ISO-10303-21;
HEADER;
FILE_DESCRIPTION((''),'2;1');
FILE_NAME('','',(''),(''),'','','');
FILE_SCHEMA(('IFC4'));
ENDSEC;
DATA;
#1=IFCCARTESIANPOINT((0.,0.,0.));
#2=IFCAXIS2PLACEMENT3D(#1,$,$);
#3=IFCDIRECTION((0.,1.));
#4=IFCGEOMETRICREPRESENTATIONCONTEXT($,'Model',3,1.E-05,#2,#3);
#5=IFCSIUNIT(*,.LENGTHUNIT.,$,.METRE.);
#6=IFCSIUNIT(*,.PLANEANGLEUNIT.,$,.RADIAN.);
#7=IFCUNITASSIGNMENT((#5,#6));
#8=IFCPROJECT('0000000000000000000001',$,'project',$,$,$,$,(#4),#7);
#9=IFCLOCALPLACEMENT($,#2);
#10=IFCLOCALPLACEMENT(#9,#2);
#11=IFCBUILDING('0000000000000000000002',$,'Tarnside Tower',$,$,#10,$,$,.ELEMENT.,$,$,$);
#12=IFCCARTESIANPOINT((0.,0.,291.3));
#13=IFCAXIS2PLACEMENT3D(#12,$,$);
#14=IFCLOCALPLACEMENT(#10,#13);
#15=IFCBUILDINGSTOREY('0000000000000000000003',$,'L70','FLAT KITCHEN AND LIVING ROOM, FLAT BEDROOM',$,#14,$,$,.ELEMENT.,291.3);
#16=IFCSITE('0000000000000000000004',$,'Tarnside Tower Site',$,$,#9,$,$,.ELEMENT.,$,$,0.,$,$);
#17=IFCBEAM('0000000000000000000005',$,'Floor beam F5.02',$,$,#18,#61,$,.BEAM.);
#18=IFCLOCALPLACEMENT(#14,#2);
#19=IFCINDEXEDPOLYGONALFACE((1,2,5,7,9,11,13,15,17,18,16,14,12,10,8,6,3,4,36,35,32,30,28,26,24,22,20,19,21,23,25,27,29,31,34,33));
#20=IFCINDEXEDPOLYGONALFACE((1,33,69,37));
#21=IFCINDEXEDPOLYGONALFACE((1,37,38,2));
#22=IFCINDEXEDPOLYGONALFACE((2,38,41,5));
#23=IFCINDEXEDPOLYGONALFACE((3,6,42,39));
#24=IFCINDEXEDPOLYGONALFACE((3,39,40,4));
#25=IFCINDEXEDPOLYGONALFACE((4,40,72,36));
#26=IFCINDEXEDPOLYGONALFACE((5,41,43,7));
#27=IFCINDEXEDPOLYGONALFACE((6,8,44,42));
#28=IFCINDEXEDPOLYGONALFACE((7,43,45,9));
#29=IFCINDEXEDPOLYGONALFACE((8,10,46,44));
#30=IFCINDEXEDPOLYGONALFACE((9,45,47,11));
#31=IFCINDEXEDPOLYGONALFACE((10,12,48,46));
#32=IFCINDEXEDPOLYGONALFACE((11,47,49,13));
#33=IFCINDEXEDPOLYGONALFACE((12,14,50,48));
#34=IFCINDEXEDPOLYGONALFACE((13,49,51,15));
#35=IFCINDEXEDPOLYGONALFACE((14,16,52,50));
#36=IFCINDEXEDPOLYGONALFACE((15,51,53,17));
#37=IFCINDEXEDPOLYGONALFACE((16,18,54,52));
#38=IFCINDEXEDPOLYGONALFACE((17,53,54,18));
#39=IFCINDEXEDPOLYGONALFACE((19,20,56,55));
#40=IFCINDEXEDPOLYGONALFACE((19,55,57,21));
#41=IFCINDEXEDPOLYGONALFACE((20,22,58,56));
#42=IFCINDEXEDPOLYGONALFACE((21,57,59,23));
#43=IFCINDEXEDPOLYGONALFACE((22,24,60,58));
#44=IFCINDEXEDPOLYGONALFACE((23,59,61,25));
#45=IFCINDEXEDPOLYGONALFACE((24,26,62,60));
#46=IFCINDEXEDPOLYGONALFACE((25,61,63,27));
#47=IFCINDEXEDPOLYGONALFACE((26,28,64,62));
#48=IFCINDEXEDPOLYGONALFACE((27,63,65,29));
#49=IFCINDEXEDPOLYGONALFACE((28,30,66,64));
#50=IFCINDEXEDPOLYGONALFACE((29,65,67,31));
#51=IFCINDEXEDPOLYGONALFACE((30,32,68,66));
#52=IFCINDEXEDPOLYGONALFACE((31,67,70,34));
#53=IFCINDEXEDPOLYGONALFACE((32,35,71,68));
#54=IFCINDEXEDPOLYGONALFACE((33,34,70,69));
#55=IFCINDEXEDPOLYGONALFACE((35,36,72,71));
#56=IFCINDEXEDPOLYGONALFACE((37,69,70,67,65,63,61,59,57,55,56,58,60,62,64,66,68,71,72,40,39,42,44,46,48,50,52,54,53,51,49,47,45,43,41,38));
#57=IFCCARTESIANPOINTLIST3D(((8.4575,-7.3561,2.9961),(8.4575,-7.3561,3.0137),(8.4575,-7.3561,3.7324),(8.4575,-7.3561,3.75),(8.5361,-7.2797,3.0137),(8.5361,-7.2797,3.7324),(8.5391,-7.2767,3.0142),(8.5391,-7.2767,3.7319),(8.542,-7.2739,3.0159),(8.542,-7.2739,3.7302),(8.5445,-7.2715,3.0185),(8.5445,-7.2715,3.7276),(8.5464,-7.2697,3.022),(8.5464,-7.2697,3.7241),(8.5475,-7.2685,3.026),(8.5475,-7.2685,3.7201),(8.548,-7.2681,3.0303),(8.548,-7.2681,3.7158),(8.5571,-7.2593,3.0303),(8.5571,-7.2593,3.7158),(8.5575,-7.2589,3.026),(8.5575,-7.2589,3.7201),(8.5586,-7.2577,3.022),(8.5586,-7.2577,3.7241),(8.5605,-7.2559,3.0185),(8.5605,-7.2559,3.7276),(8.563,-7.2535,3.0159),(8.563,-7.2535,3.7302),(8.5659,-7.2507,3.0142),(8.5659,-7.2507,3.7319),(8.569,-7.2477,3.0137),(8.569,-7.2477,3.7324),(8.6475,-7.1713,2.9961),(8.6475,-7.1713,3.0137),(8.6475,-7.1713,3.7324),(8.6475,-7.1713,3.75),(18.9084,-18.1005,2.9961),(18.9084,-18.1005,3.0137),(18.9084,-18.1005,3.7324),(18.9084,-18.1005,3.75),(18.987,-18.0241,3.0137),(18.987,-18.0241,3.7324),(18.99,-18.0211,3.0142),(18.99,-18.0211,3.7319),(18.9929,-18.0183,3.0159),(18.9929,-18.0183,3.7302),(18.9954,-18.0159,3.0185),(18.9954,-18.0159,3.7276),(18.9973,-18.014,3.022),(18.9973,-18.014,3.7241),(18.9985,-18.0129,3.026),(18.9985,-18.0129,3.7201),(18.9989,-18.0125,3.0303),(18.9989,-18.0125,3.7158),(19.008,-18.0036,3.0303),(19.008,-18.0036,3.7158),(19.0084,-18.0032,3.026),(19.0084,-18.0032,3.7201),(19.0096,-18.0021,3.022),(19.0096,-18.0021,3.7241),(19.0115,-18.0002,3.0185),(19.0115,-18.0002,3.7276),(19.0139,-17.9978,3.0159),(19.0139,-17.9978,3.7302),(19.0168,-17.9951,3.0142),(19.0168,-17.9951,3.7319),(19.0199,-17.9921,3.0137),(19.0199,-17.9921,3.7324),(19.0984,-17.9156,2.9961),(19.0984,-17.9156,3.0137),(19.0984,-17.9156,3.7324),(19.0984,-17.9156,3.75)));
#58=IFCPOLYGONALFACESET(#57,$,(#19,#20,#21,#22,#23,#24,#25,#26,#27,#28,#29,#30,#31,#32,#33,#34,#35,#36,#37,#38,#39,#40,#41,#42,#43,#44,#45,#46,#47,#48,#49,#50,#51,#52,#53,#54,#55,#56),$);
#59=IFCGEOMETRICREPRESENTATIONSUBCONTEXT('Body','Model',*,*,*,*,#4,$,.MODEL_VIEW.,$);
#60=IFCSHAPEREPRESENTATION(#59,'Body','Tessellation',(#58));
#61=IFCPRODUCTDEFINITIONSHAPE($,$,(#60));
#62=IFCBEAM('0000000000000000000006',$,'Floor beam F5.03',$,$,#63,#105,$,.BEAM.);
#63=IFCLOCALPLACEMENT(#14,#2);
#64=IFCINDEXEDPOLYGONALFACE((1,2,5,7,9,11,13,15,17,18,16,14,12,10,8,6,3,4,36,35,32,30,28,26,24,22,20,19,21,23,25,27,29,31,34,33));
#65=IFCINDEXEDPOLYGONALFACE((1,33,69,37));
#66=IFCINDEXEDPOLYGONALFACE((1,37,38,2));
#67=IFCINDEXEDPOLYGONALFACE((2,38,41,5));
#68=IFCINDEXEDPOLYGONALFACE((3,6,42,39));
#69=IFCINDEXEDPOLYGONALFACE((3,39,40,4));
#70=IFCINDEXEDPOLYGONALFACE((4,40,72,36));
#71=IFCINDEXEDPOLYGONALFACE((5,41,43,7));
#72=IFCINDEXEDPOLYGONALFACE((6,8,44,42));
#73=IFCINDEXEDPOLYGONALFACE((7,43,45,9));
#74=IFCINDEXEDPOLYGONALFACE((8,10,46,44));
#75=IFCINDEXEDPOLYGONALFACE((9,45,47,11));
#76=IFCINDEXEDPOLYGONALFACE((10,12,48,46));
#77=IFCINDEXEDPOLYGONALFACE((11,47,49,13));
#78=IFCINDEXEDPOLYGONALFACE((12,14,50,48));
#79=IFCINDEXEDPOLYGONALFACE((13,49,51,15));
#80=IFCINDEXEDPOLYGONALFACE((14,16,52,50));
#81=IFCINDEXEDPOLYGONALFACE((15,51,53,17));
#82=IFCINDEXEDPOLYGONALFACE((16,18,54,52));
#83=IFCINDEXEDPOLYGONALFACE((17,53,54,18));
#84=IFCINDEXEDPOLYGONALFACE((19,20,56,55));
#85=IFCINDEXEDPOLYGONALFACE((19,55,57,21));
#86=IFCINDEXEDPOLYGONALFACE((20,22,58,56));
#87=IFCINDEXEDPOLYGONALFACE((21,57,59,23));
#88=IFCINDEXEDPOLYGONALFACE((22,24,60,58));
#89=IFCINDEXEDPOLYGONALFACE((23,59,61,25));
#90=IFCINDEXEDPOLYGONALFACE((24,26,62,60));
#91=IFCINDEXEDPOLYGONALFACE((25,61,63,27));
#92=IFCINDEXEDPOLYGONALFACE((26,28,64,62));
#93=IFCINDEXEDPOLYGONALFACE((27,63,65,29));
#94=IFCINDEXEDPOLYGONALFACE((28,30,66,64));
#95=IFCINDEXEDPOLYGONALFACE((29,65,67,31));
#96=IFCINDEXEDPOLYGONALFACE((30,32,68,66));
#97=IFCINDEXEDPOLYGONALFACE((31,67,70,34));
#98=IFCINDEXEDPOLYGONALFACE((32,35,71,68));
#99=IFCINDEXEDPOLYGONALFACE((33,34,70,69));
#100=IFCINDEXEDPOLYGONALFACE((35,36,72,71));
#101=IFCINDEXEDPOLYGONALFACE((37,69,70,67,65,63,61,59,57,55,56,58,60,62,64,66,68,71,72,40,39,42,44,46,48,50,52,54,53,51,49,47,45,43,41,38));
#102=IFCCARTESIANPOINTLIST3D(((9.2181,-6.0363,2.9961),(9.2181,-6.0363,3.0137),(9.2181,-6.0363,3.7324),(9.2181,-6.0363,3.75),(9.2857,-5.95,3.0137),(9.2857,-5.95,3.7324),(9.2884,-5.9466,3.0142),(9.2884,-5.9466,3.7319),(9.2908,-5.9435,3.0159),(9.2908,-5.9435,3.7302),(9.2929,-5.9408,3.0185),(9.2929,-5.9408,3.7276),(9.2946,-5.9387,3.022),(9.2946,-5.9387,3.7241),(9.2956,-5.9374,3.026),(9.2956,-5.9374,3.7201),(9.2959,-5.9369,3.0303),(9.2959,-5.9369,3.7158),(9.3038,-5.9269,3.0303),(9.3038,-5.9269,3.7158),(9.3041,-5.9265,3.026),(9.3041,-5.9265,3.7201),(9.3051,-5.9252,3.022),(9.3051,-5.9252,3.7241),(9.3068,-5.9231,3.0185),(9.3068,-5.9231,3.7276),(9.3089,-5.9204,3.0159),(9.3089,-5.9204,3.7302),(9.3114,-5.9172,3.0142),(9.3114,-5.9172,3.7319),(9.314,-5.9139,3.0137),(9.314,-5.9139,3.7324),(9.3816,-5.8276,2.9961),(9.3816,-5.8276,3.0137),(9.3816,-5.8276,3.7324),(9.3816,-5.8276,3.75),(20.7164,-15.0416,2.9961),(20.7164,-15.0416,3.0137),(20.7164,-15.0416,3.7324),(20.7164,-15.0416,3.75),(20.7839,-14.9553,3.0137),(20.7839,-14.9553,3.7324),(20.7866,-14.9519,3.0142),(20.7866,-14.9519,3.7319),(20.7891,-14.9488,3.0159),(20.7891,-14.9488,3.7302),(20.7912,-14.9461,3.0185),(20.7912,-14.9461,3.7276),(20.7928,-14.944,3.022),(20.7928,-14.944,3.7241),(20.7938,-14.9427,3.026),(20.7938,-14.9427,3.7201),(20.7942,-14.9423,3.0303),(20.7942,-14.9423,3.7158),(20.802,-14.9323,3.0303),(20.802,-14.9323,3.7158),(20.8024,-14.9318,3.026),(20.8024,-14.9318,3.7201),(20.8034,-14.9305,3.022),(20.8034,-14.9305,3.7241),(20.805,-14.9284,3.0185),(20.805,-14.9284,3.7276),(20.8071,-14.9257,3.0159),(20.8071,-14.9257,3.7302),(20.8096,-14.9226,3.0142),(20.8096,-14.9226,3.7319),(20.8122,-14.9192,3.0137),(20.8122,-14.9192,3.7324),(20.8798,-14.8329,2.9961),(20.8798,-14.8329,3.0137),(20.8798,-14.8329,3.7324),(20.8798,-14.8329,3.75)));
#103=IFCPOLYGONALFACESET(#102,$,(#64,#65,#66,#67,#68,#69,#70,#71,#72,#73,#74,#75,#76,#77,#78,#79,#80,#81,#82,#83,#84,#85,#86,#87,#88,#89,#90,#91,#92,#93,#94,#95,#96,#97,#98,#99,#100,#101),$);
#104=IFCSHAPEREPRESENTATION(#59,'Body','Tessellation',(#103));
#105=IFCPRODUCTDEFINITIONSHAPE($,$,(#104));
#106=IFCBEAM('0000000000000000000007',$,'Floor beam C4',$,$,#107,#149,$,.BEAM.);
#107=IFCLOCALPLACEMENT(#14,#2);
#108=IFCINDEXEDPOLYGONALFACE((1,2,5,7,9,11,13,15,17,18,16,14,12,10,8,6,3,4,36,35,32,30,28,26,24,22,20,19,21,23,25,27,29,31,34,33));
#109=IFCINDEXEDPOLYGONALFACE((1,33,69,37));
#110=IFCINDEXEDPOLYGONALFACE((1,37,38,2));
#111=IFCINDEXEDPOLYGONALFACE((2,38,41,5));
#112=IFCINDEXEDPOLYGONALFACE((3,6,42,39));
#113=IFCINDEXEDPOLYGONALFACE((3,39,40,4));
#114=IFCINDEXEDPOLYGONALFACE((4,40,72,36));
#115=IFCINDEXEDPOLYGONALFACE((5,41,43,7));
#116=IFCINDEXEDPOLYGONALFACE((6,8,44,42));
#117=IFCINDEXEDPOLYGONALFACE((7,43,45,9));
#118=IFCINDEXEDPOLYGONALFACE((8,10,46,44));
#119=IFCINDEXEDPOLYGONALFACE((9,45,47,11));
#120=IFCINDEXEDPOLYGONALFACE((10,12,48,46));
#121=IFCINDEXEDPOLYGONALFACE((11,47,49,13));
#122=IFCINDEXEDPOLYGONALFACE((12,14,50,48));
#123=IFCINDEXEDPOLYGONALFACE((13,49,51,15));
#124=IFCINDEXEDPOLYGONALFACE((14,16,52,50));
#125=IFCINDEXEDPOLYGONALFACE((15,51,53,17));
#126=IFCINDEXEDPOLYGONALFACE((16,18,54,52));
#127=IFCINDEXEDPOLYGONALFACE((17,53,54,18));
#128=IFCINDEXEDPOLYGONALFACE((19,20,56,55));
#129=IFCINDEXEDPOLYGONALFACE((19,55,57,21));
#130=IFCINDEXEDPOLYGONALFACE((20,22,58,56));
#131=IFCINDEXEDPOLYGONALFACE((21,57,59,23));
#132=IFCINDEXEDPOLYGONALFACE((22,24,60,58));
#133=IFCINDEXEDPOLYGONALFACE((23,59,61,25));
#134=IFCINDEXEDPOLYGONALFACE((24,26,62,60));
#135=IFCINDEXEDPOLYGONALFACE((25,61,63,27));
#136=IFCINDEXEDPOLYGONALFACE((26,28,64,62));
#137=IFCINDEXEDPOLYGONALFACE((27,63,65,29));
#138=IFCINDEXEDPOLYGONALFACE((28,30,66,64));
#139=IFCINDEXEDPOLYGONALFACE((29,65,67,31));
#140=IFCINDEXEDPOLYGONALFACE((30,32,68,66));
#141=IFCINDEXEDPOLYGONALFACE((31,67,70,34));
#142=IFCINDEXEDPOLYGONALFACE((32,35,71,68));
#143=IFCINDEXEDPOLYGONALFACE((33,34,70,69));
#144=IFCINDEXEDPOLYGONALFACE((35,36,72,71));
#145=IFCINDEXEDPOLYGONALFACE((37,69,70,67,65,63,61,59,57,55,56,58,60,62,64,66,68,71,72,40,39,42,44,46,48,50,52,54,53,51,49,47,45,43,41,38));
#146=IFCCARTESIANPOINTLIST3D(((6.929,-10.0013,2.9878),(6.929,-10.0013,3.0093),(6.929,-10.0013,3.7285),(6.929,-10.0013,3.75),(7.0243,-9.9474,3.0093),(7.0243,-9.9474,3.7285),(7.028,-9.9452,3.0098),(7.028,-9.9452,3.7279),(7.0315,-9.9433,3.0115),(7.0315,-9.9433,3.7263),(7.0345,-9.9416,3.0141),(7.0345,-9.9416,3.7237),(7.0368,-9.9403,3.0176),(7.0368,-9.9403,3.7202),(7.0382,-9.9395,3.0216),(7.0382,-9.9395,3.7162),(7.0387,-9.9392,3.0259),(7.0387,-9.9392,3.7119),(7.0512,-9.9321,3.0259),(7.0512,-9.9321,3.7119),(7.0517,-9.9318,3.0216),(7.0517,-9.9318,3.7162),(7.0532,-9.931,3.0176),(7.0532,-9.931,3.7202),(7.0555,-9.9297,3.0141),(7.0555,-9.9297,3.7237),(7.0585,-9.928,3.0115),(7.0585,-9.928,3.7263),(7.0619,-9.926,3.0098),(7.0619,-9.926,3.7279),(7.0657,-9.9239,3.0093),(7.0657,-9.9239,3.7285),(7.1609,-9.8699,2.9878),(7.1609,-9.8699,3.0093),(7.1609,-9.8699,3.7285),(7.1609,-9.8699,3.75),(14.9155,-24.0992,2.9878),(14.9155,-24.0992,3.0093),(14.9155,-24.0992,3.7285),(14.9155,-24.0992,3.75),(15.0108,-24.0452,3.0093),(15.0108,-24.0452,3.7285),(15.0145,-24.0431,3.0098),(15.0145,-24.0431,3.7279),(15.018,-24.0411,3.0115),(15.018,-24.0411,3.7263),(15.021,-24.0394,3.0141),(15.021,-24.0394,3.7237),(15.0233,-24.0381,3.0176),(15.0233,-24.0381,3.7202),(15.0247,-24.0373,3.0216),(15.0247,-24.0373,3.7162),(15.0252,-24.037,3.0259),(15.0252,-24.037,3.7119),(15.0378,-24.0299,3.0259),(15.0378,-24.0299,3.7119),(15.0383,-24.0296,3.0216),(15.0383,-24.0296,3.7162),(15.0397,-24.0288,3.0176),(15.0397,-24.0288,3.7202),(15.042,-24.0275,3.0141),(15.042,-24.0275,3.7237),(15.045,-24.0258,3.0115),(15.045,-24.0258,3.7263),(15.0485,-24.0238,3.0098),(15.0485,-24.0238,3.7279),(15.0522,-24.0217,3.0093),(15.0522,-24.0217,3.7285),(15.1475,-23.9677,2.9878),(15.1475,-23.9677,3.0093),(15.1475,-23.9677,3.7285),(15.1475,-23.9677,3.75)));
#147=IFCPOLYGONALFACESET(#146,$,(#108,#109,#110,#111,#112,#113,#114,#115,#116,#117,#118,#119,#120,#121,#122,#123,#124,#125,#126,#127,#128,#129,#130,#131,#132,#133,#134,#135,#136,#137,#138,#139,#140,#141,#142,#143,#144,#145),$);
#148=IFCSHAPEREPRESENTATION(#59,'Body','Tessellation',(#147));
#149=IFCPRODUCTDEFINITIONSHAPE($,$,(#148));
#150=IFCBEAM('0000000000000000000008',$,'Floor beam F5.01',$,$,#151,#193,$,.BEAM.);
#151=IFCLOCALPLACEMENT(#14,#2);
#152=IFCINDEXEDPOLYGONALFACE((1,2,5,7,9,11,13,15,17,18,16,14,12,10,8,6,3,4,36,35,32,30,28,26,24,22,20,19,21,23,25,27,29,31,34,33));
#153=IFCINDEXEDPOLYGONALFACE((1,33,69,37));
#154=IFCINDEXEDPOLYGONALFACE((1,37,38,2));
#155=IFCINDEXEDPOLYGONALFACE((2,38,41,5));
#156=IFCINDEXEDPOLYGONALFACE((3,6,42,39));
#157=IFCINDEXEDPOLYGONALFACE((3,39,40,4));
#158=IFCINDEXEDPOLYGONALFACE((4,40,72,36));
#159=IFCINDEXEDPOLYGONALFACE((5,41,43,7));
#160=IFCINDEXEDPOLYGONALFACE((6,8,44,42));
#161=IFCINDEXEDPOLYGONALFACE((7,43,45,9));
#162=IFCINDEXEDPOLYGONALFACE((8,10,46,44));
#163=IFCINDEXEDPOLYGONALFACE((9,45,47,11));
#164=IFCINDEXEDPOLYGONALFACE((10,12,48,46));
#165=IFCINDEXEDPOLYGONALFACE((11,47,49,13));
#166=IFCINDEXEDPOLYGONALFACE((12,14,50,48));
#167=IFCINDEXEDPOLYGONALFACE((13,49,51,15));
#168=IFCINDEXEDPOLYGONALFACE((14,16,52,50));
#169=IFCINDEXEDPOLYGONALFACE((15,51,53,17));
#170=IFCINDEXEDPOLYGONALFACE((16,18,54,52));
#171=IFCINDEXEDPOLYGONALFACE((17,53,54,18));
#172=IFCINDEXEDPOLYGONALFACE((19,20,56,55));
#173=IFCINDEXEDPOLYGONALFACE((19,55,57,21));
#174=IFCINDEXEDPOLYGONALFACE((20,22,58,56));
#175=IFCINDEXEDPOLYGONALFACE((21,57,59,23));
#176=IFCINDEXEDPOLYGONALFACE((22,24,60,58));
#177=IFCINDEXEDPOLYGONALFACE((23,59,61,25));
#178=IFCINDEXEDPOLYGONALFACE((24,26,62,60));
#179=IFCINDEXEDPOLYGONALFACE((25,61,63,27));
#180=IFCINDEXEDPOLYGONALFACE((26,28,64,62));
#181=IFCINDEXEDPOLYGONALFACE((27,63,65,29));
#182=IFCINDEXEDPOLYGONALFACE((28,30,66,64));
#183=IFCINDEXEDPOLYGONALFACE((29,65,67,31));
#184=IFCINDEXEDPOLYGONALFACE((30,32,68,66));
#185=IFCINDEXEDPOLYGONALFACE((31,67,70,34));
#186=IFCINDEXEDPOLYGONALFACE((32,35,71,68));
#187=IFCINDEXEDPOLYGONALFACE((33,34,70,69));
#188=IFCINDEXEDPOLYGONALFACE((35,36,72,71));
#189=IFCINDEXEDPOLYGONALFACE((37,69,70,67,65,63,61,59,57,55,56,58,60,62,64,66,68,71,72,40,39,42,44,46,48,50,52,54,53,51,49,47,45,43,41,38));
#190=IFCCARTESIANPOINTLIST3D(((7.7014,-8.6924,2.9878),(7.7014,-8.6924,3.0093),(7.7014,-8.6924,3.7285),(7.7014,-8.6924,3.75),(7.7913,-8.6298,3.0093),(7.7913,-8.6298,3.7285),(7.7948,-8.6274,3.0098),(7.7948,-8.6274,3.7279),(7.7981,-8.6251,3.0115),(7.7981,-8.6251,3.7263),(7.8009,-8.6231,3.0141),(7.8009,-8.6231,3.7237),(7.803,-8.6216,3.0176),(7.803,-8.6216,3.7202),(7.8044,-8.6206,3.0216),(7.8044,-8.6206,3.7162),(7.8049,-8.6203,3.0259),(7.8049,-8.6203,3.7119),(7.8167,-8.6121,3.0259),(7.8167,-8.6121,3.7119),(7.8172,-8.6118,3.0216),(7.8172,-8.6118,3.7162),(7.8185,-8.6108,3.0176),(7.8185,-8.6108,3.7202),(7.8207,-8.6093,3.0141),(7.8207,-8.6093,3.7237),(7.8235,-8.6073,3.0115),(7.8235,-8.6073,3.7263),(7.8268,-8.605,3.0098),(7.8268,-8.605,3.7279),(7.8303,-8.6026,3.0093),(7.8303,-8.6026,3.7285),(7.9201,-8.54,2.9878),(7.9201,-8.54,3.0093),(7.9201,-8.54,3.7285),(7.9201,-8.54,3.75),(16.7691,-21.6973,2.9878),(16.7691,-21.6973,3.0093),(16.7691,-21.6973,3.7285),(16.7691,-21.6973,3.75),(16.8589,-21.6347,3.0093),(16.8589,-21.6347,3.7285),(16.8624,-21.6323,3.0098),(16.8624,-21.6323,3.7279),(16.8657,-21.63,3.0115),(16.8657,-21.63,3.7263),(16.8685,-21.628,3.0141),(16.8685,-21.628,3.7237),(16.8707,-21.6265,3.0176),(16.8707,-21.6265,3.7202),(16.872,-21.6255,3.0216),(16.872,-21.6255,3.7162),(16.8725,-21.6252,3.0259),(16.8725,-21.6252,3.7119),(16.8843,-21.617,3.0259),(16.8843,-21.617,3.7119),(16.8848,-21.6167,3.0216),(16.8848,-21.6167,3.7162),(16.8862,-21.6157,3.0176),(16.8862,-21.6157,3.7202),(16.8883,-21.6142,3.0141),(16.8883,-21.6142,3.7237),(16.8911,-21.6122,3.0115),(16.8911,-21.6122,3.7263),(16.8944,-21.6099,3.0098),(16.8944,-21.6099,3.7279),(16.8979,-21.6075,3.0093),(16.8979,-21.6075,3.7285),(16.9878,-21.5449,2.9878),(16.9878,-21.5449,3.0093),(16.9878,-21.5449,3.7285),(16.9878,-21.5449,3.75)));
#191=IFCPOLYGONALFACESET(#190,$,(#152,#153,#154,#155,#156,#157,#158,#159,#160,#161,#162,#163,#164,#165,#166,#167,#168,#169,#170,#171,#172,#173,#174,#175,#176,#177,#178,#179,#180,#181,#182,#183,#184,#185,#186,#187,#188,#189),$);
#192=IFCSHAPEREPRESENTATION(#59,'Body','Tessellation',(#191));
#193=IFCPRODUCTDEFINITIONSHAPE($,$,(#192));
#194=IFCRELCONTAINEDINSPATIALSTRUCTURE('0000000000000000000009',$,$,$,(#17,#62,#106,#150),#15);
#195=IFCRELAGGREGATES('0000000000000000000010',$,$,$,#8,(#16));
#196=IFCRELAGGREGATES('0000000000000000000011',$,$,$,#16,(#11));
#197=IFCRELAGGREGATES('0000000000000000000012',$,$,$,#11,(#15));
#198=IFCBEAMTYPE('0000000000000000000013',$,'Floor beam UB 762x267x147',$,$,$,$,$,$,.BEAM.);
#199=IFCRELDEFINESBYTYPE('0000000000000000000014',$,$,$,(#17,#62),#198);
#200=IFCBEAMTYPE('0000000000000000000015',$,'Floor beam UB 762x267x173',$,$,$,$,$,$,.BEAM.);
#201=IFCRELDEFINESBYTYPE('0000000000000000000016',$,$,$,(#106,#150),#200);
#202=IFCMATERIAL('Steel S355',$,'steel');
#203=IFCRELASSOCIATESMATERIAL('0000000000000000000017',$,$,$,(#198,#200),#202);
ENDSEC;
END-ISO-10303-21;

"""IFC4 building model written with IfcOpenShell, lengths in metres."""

from ifc_helpers import new_model, si_unit, direction, frame, origin, origin_2d, place, context, subcontext, project, spatial, i_section, extrude, material, material_profile, profile_set, type_object, element, save


model = new_model("IFC4")

# Units and contexts
model_context = context("Model", 3, precision=1e-05, world=origin(), true_north=direction((0.0, 1.0)))
body_context = subcontext(model_context, "Body", "Model", "MODEL_VIEW")
ifc_project = project(units=[si_unit("LENGTHUNIT", "METRE"), si_unit("PLANEANGLEUNIT", "RADIAN")], contexts=[model_context])

# Site, building, storey
site_placement = place(None, origin())
site = spatial("IfcSite", under=ifc_project, at=site_placement, Name="Tarnside Tower Site", CompositionType="ELEMENT", RefElevation=0.0)
building_placement = place(site_placement, origin())
building = spatial("IfcBuilding", under=site, at=building_placement, Name="Tarnside Tower", CompositionType="ELEMENT")
storey_placement = place(building_placement, frame((0.0, 0.0, 291.3)))
storey = spatial("IfcBuildingStorey", under=building, at=storey_placement, Name="L70", Description="FLAT KITCHEN AND LIVING ROOM, FLAT BEDROOM", CompositionType="ELEMENT", Elevation=291.3)

# Beams
ifc_material_1 = material(Name="Steel S355", Category="steel")
ifc_material_profile_1 = material_profile(ifc_material_1, i_section(OverallWidth=0.2651, OverallDepth=0.7539, WebThickness=0.0127, FlangeThickness=0.0176, FilletRadius=0.0166, at=origin_2d()), Name="UB 762x267x147")
ifc_profile_set_1 = profile_set([ifc_material_profile_1], Name="Steel S355")
beam_type_1 = type_object("IfcBeamType", Name="Floor beam UB 762x267x147", PredefinedType="BEAM", material=ifc_profile_set_1)
beam_1_placement = place(storey_placement, frame((19.0034, -18.0081, 3.373), z_axis=(-0.69725, 0.716828, 0.0), x_axis=(-0.716828, -0.69725, 0.0)))
element("IfcBeam", 1, at=beam_1_placement, inside=storey, type_object=beam_type_1, Name="Floor beam F5.02", PredefinedType="BEAM", context=body_context, shape_type="SweptSolid", body=[
    extrude(i_section(OverallWidth=0.2651, OverallDepth=0.7539, WebThickness=0.0127, FlangeThickness=0.0176, FilletRadius=0.0166, at=origin_2d()), origin(), (0.0, 0.0, 1.0), 14.9888),
])
beam_2_placement = place(storey_placement, frame((20.7981, -14.9373, 3.373), z_axis=(-0.787282, 0.616593, 0.0), x_axis=(-0.616593, -0.787282, 0.0)))
element("IfcBeam", 2, at=beam_2_placement, inside=storey, type_object=beam_type_1, Name="Floor beam F5.03", PredefinedType="BEAM", context=body_context, shape_type="SweptSolid", body=[
    extrude(i_section(OverallWidth=0.2651, OverallDepth=0.7539, WebThickness=0.0127, FlangeThickness=0.0176, FilletRadius=0.0166, at=origin_2d()), origin(), (0.0, 0.0, 1.0), 14.605),
])
ifc_material_profile_2 = material_profile(ifc_material_1, i_section(OverallWidth=0.2666, OverallDepth=0.7622, WebThickness=0.0144, FlangeThickness=0.0215, FilletRadius=0.0166, at=origin_2d()), Name="UB 762x267x173")
ifc_profile_set_2 = profile_set([ifc_material_profile_2], Name="Steel S355")
beam_type_2 = type_object("IfcBeamType", Name="Floor beam UB 762x267x173", PredefinedType="BEAM", material=ifc_profile_set_2)
beam_3_placement = place(storey_placement, frame((15.0315, -24.0334, 3.3689), z_axis=(-0.492908, 0.870081, 0.0), x_axis=(-0.870081, -0.492908, 0.0)))
element("IfcBeam", 3, at=beam_3_placement, inside=storey, type_object=beam_type_2, Name="Floor beam C4", PredefinedType="BEAM", context=body_context, shape_type="SweptSolid", body=[
    extrude(i_section(OverallWidth=0.2666, OverallDepth=0.7622, WebThickness=0.0144, FlangeThickness=0.0215, FilletRadius=0.0166, at=origin_2d()), origin(), (0.0, 0.0, 1.0), 16.2029),
])
beam_4_placement = place(storey_placement, frame((16.8784, -21.6211, 3.3689), z_axis=(-0.571946, 0.820291, 0.0), x_axis=(-0.820291, -0.571946, 0.0)))
element("IfcBeam", 4, at=beam_4_placement, inside=storey, type_object=beam_type_2, Name="Floor beam F5.01", PredefinedType="BEAM", context=body_context, shape_type="SweptSolid", body=[
    extrude(i_section(OverallWidth=0.2666, OverallDepth=0.7622, WebThickness=0.0144, FlangeThickness=0.0215, FilletRadius=0.0166, at=origin_2d()), origin(), (0.0, 0.0, 1.0), 15.854),
])

save(model, "model.ifc")
